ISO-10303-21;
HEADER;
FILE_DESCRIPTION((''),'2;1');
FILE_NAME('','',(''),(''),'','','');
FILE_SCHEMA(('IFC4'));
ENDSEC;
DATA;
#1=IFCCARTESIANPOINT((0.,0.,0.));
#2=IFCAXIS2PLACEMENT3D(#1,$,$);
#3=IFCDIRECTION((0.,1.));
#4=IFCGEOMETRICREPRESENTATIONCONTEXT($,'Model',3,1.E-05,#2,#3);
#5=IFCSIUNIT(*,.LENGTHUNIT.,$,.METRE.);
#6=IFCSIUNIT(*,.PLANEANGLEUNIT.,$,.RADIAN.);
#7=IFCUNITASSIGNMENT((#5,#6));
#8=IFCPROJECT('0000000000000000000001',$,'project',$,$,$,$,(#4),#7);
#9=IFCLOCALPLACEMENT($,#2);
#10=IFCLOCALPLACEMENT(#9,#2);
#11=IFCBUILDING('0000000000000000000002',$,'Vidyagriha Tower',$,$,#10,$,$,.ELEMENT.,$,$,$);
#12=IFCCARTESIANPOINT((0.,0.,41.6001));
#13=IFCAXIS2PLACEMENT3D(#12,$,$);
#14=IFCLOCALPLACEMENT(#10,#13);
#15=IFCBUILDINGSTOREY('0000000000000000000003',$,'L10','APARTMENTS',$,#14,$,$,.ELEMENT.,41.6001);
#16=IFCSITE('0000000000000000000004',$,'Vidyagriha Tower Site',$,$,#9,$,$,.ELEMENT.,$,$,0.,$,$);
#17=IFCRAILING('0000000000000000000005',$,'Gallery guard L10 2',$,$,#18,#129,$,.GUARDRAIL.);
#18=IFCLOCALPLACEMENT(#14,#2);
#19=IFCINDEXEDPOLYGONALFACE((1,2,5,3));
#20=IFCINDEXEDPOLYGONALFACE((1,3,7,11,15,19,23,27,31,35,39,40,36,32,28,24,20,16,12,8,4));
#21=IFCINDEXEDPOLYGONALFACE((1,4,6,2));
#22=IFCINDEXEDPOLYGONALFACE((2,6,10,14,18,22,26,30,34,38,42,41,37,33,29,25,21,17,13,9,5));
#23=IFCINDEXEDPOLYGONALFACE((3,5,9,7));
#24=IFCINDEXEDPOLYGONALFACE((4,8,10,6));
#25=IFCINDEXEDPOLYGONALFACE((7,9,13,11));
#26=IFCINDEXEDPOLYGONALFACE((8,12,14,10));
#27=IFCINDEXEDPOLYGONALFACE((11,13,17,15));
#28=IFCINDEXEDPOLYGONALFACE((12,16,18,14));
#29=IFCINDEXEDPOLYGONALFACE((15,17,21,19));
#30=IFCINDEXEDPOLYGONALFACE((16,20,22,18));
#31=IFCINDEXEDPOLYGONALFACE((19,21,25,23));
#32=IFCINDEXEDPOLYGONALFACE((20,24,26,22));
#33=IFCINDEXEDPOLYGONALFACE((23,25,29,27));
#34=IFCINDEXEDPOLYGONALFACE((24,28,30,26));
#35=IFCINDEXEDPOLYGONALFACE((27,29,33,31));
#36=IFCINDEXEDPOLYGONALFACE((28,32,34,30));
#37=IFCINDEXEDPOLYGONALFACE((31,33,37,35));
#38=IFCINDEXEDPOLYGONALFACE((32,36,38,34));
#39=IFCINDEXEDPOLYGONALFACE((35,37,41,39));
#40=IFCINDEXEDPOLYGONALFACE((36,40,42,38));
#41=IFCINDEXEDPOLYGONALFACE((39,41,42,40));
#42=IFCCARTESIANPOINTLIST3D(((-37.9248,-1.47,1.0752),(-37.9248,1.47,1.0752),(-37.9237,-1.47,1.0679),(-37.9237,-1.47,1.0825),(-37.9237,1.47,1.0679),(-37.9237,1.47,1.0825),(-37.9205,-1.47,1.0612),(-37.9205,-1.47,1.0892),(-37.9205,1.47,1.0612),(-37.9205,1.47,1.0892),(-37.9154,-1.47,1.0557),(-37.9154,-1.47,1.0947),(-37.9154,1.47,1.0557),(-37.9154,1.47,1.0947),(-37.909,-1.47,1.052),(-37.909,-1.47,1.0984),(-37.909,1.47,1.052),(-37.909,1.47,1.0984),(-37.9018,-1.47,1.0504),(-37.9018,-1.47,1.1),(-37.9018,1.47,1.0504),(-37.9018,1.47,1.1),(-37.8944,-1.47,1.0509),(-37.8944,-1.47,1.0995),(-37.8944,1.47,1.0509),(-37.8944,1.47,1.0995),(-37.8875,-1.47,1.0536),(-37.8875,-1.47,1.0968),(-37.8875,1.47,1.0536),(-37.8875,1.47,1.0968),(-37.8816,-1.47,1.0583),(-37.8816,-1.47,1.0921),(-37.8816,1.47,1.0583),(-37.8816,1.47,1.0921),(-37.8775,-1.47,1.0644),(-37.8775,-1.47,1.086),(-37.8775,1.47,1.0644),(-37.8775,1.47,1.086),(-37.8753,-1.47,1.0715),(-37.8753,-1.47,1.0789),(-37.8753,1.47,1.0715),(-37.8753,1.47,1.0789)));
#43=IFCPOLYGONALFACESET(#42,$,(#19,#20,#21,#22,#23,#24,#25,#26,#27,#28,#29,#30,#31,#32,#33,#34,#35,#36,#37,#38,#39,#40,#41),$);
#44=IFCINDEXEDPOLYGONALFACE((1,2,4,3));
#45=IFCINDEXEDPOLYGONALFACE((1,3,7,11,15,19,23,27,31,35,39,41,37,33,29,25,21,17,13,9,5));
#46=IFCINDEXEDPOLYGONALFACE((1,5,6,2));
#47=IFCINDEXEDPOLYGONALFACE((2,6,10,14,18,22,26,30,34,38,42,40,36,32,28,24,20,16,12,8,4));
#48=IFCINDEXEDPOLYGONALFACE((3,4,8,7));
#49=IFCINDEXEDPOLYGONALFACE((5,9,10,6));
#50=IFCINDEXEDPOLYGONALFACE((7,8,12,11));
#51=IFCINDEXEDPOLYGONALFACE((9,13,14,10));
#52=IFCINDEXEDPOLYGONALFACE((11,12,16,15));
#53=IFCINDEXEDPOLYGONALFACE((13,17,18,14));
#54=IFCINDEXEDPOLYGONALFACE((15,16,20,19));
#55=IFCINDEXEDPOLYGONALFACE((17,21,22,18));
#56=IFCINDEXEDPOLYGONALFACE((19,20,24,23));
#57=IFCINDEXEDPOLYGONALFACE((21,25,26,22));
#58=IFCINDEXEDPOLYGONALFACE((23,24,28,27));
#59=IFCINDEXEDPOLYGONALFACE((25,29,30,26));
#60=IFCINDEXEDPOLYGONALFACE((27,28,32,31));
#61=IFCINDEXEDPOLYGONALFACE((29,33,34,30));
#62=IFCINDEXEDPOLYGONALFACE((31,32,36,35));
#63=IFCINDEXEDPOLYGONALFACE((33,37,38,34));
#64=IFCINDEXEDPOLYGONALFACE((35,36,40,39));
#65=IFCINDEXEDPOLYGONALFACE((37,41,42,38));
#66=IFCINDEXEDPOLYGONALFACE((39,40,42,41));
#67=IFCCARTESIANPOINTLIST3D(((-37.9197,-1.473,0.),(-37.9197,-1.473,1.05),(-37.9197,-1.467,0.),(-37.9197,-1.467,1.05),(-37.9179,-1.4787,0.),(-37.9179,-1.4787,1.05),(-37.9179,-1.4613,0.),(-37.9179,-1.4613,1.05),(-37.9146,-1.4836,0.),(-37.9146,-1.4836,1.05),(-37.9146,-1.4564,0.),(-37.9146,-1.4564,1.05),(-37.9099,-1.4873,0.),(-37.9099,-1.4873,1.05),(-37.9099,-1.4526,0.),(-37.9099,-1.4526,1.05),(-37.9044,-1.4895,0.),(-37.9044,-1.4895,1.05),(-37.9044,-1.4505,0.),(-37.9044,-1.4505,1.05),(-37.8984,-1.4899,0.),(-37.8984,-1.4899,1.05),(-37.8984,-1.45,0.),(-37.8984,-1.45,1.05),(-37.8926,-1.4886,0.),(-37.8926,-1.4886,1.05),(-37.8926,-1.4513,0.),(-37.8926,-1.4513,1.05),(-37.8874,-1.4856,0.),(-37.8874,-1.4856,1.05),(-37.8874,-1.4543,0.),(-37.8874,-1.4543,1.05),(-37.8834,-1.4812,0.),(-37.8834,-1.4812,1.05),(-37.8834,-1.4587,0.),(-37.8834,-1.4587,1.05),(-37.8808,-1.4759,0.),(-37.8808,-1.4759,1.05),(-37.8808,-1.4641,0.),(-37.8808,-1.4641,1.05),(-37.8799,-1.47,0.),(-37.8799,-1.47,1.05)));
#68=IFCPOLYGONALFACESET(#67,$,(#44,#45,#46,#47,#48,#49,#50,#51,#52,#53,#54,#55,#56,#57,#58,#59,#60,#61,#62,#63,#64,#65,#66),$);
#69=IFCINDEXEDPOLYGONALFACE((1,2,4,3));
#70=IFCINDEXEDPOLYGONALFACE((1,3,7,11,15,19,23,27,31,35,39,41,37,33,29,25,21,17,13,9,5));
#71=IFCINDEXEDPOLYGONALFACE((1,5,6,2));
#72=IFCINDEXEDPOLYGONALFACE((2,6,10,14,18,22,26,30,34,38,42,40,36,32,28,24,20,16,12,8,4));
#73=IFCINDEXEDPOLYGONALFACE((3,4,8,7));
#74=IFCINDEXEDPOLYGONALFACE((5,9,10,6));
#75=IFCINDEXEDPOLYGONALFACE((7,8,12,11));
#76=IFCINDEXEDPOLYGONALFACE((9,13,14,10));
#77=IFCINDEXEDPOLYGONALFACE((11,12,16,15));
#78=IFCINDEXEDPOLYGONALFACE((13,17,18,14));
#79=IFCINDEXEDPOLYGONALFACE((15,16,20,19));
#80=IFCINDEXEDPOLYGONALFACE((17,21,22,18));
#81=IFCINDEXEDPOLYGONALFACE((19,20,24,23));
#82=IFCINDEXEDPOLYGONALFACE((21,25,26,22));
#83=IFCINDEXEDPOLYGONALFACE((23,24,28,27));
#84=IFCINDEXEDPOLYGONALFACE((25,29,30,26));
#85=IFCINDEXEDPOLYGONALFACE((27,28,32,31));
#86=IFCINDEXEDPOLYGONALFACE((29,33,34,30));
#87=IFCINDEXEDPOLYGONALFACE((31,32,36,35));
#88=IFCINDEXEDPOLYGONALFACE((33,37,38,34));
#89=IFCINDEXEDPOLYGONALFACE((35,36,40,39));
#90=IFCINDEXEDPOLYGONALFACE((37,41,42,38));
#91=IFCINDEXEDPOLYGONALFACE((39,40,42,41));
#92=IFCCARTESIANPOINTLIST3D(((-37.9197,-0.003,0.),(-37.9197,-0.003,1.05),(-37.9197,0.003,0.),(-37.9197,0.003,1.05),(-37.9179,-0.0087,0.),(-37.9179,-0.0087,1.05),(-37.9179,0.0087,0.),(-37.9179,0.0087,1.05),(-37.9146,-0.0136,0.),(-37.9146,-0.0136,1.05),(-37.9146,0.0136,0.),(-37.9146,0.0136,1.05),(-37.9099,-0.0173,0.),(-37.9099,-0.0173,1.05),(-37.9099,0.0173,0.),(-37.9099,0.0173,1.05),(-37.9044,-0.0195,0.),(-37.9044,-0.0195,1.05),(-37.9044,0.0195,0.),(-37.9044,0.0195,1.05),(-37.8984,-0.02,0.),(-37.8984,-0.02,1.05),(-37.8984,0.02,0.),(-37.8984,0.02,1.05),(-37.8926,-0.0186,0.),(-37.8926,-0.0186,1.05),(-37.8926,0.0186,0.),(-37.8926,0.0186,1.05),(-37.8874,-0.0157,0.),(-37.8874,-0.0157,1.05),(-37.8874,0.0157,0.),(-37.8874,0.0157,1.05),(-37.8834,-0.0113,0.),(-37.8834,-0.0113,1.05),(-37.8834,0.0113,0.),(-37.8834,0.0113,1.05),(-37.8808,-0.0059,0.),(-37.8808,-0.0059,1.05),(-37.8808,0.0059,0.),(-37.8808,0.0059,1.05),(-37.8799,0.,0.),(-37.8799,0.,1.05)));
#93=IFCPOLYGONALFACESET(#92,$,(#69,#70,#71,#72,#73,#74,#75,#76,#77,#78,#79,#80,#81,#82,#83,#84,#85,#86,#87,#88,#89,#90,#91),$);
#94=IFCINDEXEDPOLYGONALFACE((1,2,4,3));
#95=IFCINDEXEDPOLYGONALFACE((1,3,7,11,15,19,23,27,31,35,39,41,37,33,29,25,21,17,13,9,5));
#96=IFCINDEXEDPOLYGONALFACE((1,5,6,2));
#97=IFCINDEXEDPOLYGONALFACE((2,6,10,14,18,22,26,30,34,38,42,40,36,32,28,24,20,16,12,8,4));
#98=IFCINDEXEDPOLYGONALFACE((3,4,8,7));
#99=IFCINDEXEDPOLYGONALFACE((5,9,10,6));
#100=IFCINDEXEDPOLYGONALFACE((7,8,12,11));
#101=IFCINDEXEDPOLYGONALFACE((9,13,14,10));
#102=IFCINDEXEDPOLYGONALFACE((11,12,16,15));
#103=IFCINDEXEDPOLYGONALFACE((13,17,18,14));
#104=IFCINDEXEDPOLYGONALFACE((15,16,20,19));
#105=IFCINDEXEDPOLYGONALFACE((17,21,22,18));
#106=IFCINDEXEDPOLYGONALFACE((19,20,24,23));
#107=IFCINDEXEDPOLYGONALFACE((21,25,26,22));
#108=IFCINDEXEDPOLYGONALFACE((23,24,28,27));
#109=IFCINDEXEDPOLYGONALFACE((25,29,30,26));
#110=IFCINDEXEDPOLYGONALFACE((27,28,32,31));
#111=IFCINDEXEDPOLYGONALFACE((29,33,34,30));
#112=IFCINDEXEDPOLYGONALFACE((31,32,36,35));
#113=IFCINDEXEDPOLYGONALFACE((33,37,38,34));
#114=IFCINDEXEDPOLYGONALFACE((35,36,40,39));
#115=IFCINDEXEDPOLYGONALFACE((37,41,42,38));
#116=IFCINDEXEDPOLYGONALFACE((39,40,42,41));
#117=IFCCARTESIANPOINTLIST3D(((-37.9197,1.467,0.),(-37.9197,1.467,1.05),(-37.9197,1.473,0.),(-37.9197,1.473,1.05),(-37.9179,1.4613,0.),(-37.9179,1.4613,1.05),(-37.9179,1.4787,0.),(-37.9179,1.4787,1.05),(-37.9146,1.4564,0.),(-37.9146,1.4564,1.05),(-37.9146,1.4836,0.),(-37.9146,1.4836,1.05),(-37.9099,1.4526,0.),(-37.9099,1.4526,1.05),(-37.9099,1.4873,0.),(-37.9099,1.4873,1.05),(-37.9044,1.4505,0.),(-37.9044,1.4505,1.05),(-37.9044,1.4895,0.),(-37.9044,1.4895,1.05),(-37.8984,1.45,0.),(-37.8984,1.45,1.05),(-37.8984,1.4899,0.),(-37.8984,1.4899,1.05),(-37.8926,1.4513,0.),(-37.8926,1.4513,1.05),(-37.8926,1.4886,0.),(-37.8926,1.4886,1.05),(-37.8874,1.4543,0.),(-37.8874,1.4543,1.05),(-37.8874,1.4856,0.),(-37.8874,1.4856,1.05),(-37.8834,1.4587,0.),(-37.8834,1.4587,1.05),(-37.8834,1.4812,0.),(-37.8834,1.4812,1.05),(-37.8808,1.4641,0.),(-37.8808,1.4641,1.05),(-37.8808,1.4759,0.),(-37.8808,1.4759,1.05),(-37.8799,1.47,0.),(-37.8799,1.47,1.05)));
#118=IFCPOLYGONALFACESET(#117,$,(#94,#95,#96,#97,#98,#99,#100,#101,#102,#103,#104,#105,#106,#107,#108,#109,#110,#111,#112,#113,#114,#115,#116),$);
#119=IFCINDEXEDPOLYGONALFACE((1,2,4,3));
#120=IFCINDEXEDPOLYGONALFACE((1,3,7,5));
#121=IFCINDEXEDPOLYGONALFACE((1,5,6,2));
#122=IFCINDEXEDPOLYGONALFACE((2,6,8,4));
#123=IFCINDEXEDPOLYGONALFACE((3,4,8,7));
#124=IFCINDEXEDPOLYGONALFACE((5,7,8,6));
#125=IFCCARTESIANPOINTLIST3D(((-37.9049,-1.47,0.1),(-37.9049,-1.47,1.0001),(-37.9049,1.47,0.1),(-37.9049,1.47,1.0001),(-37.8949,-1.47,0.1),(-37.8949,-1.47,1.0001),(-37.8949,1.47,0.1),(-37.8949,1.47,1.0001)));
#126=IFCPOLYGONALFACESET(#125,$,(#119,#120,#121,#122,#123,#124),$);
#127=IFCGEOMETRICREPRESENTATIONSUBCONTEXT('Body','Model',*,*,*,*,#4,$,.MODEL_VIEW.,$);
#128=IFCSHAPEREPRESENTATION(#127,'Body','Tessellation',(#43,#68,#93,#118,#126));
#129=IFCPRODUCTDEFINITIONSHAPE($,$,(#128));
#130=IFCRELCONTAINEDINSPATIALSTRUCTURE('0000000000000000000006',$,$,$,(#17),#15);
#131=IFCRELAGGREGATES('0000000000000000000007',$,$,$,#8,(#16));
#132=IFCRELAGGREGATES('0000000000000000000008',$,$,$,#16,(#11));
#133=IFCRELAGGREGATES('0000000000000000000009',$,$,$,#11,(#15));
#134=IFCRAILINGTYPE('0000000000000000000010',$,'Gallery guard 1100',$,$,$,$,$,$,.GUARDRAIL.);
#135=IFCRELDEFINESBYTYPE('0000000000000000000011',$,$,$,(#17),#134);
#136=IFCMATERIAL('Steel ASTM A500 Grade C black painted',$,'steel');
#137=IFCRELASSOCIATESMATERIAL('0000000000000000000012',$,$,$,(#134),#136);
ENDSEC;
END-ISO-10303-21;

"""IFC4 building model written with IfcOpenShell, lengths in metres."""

from ifc_helpers import new_model, si_unit, direction, frame, origin, origin_2d, place, context, subcontext, project, spatial, rectangle, circle, extrude, material, type_object, element, save


model = new_model("IFC4")

# Units and contexts
model_context = context("Model", 3, precision=1e-05, world=origin(), true_north=direction((0.0, 1.0)))
body_context = subcontext(model_context, "Body", "Model", "MODEL_VIEW")
ifc_project = project(units=[si_unit("LENGTHUNIT", "METRE"), si_unit("PLANEANGLEUNIT", "RADIAN")], contexts=[model_context])

# Site, building, storey
site_placement = place(None, origin())
site = spatial("IfcSite", under=ifc_project, at=site_placement, Name="Vidyagriha Tower Site", CompositionType="ELEMENT", RefElevation=0.0)
building_placement = place(site_placement, origin())
building = spatial("IfcBuilding", under=site, at=building_placement, Name="Vidyagriha Tower", CompositionType="ELEMENT")
storey_placement = place(building_placement, frame((0.0, 0.0, 41.6001)))
storey = spatial("IfcBuildingStorey", under=building, at=storey_placement, Name="L10", Description="APARTMENTS", CompositionType="ELEMENT", Elevation=41.6001)

# Railing
ifc_material_1 = material(Name="Steel ASTM A500 Grade C black painted", Category="steel")
railing_type_1 = type_object("IfcRailingType", Name="Gallery guard 1100", PredefinedType="GUARDRAIL", material=ifc_material_1)
railing_1_placement = place(storey_placement, frame((-37.8999, -1.47, 0.0)))
element("IfcRailing", 1, at=railing_1_placement, inside=storey, type_object=railing_type_1, Name="Gallery guard L10 2", PredefinedType="GUARDRAIL", context=body_context, shape_type="SweptSolid", body=[
    extrude(circle(Radius=0.0249, at=origin_2d()), frame((0.0, 0.0, 1.0752), z_axis=(0.0, 1.0, 0.0), x_axis=(-1.0, 0.0, 0.0)), (0.0, 0.0, 1.0), 2.9399),
    extrude(circle(Radius=0.02, at=origin_2d()), origin(), (0.0, 0.0, 1.0), 1.05),
    extrude(circle(Radius=0.02, at=origin_2d()), frame((0.0, 1.47, 0.0)), (0.0, 0.0, 1.0), 1.05),
    extrude(circle(Radius=0.02, at=origin_2d()), frame((0.0, 2.9399, 0.0)), (0.0, 0.0, 1.0), 1.05),
    extrude(rectangle(XDim=0.01, YDim=0.9001, at=origin_2d()), frame((0.0, 0.0, 0.55), z_axis=(0.0, 1.0, 0.0), x_axis=(-1.0, 0.0, 0.0)), (0.0, 0.0, 1.0), 2.9399),
])

save(model, "model.ifc")
